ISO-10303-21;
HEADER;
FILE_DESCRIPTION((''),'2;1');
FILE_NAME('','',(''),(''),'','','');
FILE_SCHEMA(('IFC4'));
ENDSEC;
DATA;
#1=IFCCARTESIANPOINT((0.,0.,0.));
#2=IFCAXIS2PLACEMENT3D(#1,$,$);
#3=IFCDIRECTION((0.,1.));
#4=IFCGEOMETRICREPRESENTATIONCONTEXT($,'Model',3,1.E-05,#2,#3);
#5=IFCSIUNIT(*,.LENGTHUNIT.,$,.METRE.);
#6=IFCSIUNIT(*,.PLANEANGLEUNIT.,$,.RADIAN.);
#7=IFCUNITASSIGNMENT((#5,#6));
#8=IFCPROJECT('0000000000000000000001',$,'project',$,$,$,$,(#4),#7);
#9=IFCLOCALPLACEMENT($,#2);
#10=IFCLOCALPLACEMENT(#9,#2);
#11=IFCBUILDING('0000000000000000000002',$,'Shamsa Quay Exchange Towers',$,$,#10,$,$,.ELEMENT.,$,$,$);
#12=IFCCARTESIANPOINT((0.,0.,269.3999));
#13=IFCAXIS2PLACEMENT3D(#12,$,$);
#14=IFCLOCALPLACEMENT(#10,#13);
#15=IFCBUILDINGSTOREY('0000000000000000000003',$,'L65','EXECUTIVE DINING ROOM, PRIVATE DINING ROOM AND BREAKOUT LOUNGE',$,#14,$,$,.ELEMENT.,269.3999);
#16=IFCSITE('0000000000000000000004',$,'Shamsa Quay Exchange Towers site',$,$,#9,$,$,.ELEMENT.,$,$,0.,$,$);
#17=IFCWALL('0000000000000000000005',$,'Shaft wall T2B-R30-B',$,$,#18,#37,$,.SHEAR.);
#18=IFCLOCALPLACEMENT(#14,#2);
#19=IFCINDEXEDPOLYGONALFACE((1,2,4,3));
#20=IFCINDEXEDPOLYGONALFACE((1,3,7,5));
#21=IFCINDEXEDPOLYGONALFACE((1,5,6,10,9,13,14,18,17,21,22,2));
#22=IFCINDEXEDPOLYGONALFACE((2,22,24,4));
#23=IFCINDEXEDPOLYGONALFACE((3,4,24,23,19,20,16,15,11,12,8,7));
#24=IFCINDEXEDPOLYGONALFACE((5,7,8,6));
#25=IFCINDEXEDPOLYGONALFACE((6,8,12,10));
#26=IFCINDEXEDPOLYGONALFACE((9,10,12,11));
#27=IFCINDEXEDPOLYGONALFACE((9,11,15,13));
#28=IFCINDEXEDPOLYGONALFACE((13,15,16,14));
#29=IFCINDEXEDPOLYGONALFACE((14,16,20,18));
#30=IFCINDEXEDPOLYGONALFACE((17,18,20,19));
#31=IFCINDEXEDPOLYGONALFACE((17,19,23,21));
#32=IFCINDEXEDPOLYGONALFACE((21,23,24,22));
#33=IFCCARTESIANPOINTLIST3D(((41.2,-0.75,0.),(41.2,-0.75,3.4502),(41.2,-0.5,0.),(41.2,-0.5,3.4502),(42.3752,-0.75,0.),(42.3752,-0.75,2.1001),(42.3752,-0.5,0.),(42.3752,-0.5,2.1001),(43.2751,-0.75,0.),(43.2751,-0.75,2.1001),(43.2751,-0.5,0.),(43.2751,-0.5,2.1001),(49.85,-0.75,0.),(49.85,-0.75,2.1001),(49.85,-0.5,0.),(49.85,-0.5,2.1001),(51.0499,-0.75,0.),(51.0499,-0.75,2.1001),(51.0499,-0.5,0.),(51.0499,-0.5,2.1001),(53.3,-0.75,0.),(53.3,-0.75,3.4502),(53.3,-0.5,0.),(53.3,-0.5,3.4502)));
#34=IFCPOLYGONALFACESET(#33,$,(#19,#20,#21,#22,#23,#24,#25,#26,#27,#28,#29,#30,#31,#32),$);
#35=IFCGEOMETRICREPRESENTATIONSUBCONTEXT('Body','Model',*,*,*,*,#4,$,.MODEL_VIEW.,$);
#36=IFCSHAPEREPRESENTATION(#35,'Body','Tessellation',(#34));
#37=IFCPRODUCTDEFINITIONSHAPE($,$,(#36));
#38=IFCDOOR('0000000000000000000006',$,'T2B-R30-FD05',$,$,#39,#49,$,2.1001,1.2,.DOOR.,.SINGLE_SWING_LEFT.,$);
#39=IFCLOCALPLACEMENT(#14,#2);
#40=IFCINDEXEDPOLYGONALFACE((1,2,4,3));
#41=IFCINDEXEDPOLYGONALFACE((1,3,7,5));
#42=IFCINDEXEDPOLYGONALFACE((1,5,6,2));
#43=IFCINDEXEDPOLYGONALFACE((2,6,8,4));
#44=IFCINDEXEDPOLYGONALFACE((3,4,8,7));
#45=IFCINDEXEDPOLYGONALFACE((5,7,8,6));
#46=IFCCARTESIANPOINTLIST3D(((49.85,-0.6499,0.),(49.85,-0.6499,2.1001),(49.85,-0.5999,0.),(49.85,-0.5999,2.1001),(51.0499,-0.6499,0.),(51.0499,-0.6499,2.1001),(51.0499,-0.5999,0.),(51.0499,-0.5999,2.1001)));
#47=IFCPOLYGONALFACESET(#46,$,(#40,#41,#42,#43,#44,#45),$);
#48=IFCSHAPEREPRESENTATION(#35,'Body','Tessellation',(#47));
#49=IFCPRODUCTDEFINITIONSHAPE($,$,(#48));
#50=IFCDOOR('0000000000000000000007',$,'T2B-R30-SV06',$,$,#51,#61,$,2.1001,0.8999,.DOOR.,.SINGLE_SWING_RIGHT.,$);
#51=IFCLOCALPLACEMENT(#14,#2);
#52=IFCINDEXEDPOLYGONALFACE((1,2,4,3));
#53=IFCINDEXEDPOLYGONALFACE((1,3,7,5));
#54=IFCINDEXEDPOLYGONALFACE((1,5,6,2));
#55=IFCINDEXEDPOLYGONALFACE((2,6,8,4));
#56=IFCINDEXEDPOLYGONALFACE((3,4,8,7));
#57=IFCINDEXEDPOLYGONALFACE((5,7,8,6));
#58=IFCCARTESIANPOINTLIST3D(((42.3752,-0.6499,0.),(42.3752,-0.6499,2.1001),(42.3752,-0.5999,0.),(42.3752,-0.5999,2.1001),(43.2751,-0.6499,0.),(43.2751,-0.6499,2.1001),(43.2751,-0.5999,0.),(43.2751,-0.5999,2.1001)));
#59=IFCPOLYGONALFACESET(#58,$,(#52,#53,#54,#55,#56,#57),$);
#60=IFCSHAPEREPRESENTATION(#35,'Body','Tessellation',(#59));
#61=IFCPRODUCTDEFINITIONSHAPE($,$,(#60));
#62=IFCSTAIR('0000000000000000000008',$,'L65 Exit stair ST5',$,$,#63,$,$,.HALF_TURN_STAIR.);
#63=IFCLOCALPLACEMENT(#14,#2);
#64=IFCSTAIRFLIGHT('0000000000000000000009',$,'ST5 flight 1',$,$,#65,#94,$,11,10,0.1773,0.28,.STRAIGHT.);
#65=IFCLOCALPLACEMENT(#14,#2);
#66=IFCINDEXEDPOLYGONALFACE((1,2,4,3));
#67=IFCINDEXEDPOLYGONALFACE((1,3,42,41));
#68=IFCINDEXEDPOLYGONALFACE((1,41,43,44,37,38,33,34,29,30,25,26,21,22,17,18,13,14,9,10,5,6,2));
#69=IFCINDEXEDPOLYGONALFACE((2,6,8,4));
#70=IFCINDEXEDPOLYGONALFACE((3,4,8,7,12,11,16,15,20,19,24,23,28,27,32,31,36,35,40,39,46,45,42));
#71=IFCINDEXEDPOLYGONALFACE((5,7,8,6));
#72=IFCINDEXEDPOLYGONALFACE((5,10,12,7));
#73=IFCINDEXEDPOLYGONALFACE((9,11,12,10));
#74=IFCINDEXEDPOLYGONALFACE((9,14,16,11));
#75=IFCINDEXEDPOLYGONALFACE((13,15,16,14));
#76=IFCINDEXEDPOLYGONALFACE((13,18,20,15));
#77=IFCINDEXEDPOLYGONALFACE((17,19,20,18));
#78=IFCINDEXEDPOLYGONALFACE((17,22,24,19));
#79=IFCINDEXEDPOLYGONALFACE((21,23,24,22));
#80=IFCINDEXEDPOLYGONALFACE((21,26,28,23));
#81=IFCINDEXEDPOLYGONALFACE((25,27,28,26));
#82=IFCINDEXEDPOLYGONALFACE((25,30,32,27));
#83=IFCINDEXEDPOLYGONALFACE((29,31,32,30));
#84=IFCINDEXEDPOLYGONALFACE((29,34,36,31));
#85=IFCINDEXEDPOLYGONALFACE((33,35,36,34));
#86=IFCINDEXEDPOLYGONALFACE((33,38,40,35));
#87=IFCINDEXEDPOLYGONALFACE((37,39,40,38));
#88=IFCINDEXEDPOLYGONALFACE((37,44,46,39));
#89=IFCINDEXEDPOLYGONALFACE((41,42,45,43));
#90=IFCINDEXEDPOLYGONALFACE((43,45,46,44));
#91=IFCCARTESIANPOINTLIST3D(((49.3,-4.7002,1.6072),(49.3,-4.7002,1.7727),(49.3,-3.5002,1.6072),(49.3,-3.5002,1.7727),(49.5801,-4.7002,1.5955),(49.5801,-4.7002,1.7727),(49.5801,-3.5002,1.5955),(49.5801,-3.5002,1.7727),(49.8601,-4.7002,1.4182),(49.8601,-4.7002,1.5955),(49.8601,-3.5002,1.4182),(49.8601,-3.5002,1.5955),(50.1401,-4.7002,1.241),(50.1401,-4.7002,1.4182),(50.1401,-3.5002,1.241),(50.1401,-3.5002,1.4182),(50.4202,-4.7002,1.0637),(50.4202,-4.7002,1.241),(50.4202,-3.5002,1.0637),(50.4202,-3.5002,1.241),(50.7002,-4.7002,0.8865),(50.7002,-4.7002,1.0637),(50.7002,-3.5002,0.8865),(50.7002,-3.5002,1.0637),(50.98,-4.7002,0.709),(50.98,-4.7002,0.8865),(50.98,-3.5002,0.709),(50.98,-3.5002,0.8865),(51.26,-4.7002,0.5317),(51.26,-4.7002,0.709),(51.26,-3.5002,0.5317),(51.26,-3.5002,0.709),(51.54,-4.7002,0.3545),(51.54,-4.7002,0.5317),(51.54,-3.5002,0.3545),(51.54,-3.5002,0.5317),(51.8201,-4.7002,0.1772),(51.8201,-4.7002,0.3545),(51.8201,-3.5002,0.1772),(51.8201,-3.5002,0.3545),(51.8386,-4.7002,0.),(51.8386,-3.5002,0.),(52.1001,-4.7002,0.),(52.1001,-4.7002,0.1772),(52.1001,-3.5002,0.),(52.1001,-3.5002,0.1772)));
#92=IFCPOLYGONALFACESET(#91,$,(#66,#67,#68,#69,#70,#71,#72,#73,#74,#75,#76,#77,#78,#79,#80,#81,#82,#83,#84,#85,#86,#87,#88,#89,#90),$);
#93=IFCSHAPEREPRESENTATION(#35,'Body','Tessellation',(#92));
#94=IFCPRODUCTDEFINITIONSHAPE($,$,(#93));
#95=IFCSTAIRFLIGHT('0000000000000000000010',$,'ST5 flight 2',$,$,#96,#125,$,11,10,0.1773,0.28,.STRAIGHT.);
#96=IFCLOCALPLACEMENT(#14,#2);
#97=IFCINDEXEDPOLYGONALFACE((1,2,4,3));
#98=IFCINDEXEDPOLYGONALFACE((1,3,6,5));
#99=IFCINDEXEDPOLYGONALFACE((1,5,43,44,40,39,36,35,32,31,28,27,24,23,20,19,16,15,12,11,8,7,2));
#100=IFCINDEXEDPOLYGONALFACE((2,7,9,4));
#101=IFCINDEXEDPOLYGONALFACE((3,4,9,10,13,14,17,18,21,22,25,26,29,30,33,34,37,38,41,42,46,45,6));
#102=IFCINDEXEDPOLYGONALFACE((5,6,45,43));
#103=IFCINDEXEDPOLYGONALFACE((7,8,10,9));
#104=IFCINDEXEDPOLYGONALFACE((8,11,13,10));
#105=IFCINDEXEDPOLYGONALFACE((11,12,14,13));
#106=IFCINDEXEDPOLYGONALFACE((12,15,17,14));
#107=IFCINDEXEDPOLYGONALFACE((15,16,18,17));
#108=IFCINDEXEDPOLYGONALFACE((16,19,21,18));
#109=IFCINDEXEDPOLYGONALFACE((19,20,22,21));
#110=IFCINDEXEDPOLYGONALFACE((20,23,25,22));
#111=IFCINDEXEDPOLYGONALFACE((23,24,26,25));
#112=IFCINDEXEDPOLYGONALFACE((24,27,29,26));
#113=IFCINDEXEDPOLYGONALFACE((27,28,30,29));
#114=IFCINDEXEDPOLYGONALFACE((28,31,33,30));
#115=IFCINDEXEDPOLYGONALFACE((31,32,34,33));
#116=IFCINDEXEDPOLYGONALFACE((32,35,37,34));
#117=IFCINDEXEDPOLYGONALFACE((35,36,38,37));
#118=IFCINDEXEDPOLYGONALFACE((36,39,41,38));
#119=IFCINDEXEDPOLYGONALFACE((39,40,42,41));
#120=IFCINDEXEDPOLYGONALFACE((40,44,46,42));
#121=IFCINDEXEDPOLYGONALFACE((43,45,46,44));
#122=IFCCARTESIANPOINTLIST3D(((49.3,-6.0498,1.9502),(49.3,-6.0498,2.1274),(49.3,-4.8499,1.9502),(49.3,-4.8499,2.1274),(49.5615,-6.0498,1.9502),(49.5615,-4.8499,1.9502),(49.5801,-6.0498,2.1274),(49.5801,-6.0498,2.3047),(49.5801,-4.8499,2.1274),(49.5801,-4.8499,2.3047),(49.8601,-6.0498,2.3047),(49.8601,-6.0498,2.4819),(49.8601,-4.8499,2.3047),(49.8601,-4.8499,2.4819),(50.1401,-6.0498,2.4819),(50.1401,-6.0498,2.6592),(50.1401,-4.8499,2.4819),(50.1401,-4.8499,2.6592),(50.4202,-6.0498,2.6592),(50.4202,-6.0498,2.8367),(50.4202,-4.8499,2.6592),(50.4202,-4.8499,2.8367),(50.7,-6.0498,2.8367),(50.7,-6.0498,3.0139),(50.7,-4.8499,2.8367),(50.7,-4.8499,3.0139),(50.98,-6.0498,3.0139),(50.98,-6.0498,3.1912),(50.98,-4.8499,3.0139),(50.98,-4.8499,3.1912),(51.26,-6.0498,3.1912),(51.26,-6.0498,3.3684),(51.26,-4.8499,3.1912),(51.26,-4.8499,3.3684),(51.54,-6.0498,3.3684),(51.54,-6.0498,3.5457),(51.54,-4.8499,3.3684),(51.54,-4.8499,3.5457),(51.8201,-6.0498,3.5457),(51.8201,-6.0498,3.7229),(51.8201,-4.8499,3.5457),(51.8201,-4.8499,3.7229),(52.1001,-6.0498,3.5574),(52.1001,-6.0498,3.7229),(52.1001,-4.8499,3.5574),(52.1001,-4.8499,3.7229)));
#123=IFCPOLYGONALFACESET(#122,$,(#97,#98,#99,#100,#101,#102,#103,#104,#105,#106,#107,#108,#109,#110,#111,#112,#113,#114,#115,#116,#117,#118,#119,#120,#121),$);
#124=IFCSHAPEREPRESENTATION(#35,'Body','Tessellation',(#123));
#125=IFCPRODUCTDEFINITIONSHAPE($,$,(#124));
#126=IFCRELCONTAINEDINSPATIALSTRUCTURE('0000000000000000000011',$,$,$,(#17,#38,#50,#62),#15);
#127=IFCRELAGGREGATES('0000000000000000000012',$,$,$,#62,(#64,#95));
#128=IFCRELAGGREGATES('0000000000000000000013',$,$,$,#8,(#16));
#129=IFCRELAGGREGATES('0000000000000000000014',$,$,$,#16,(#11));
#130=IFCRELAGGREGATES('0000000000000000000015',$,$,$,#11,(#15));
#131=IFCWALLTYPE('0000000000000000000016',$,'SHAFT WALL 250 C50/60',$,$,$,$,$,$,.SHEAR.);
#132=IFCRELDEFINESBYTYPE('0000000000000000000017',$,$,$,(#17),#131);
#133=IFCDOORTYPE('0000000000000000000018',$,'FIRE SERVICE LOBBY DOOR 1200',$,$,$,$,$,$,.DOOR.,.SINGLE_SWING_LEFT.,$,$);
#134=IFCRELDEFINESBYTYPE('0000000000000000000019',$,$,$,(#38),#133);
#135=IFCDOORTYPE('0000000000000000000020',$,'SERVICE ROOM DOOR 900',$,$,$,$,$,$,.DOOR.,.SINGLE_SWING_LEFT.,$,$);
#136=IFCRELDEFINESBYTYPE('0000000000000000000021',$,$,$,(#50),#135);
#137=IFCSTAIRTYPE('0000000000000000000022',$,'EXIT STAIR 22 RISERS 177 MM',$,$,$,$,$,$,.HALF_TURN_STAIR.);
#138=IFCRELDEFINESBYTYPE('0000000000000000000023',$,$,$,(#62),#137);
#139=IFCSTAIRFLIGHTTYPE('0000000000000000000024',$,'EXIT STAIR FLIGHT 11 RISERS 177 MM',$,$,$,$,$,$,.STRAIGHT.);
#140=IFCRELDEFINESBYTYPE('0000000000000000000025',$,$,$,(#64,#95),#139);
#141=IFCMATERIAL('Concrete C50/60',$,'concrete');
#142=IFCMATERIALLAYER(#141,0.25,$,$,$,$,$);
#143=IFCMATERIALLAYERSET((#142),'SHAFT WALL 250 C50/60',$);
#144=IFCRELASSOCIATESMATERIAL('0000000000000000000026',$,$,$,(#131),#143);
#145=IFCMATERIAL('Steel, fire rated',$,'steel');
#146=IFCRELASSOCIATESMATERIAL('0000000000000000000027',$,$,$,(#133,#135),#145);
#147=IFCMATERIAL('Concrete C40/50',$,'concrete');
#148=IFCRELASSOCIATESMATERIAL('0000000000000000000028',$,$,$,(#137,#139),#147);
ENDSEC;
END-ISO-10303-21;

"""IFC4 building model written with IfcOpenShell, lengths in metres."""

from ifc_helpers import new_model, si_unit, direction, frame, frame_2d, origin, place, context, subcontext, project, spatial, polyline, rectangle, outline, extrude, material, layer, layer_set, type_object, element, fill, aggregate, save


model = new_model("IFC4")

# Units and contexts
model_context = context("Model", 3, precision=1e-05, world=origin(), true_north=direction((0.0, 1.0)))
body_context = subcontext(model_context, "Body", "Model", "MODEL_VIEW")
ifc_project = project(units=[si_unit("LENGTHUNIT", "METRE"), si_unit("PLANEANGLEUNIT", "RADIAN")], contexts=[model_context])

# Site, building, storey
site_placement = place(None, origin())
site = spatial("IfcSite", under=ifc_project, at=site_placement, Name="Shamsa Quay Exchange Towers site", CompositionType="ELEMENT", RefElevation=0.0)
building_placement = place(site_placement, origin())
building = spatial("IfcBuilding", under=site, at=building_placement, Name="Shamsa Quay Exchange Towers", CompositionType="ELEMENT")
storey_placement = place(building_placement, frame((0.0, 0.0, 269.3999)))
storey = spatial("IfcBuildingStorey", under=building, at=storey_placement, Name="L65", Description="EXECUTIVE DINING ROOM, PRIVATE DINING ROOM AND BREAKOUT LOUNGE", CompositionType="ELEMENT", Elevation=269.3999)

# Shared definitions
ifc_material_1 = material(Name="Steel, fire rated", Category="steel")
ifc_material_2 = material(Name="Concrete C50/60", Category="concrete")
ifc_layer_1 = layer(ifc_material_2, 0.25)
ifc_layer_set_1 = layer_set([ifc_layer_1], Name="SHAFT WALL 250 C50/60")
wall_type_1 = type_object("IfcWallType", Name="SHAFT WALL 250 C50/60", PredefinedType="SHEAR", material=ifc_layer_set_1)

# Wall, openings, doors
wall_1_placement = place(storey_placement, frame((53.3, -0.625, 0.0), z_axis=(0.0, 0.0, 1.0), x_axis=(-1.0, 0.0, 0.0)))
wall_1 = element("IfcWall", 1, at=wall_1_placement, inside=storey, type_object=wall_type_1, Name="Shaft wall T2B-R30-B", PredefinedType="SHEAR", context=body_context, shape_type="SweptSolid", body=[
    extrude(rectangle(XDim=12.1001, YDim=0.25, at=frame_2d((6.05, 0.0))), origin(), (0.0, 0.0, 1.0), 3.4502),
])
opening_1_placement = place(wall_1_placement, frame((2.25, 0.0, 0.0)))
opening_1 = element("IfcOpeningElement", 2, at=opening_1_placement, cuts=wall_1, PredefinedType="OPENING", context=body_context, shape_type="SweptSolid", body=[
    extrude(rectangle(XDim=1.2, YDim=2.1001, at=frame_2d((0.6001, 1.05))), frame((0.0, 0.135, 0.0), z_axis=(0.0, -1.0, 0.0), x_axis=(1.0, 0.0, 0.0)), (0.0, 0.0, 1.0), 0.27),
])
opening_2_placement = place(wall_1_placement, frame((10.0249, 0.0, 0.0)))
opening_2 = element("IfcOpeningElement", 3, at=opening_2_placement, cuts=wall_1, PredefinedType="OPENING", context=body_context, shape_type="SweptSolid", body=[
    extrude(rectangle(XDim=0.8999, YDim=2.1001, at=frame_2d((0.45, 1.05))), frame((0.0, 0.135, 0.0), z_axis=(0.0, -1.0, 0.0), x_axis=(1.0, 0.0, 0.0)), (0.0, 0.0, 1.0), 0.27),
])
door_type_1 = type_object("IfcDoorType", Name="FIRE SERVICE LOBBY DOOR 1200", OperationType="SINGLE_SWING_LEFT", PredefinedType="DOOR", material=ifc_material_1)
door_1_placement = place(opening_1_placement, origin())
door_1 = element("IfcDoor", 4, at=door_1_placement, inside=storey, type_object=door_type_1, Name="T2B-R30-FD05", OperationType="SINGLE_SWING_LEFT", OverallHeight=2.1001, OverallWidth=1.2, PredefinedType="DOOR", context=body_context, shape_type="SweptSolid", body=[
    extrude(rectangle(XDim=1.2, YDim=2.1001, at=frame_2d((0.6001, 1.05))), frame((0.0, 0.0249, 0.0), z_axis=(0.0, -1.0, 0.0), x_axis=(1.0, 0.0, 0.0)), (0.0, 0.0, 1.0), 0.05),
])
fill(opening_1, door_1)
door_type_2 = type_object("IfcDoorType", Name="SERVICE ROOM DOOR 900", OperationType="SINGLE_SWING_LEFT", PredefinedType="DOOR", material=ifc_material_1)
door_2_placement = place(opening_2_placement, origin())
door_2 = element("IfcDoor", 5, at=door_2_placement, inside=storey, type_object=door_type_2, Name="T2B-R30-SV06", OperationType="SINGLE_SWING_RIGHT", OverallHeight=2.1001, OverallWidth=0.8999, PredefinedType="DOOR", context=body_context, shape_type="SweptSolid", body=[
    extrude(rectangle(XDim=0.8999, YDim=2.1001, at=frame_2d((0.45, 1.05))), frame((0.0, 0.0249, 0.0), z_axis=(0.0, -1.0, 0.0), x_axis=(1.0, 0.0, 0.0)), (0.0, 0.0, 1.0), 0.05),
])
fill(opening_2, door_2)

# Stair, stair flights
ifc_material_3 = material(Name="Concrete C40/50", Category="concrete")
stair_type = type_object("IfcStairType", Name="EXIT STAIR 22 RISERS 177 MM", PredefinedType="HALF_TURN_STAIR", material=ifc_material_3)
stair_placement = place(storey_placement, origin())
stair = element("IfcStair", 6, at=stair_placement, inside=storey, type_object=stair_type, Name="L65 Exit stair ST5", PredefinedType="HALF_TURN_STAIR")
stair_flight_type = type_object("IfcStairFlightType", Name="EXIT STAIR FLIGHT 11 RISERS 177 MM", PredefinedType="STRAIGHT", material=ifc_material_3)
stair_flight_1_placement = place(storey_placement, frame((52.1001, -4.1001, 0.0), z_axis=(0.0, 0.0, 1.0), x_axis=(-1.0, 0.0, 0.0)))
stair_flight_1 = element("IfcStairFlight", 7, at=stair_flight_1_placement, type_object=stair_flight_type, Name="ST5 flight 1", NumberOfRisers=11, NumberOfTreads=10, PredefinedType="STRAIGHT", RiserHeight=0.1773, TreadLength=0.28, context=body_context, shape_type="SweptSolid", body=[
    extrude(outline(polyline([(0.0, 0.0), (0.0, 0.1772), (0.28, 0.1772), (0.28, 0.3545), (0.5601, 0.3545), (0.5601, 0.5317), (0.8401, 0.5317), (0.8401, 0.709), (1.1201, 0.709), (1.1201, 0.8865), (1.3999, 0.8865), (1.3999, 1.0637), (1.6799, 1.0637), (1.6799, 1.241), (1.96, 1.241), (1.96, 1.4182), (2.24, 1.4182), (2.24, 1.5955), (2.52, 1.5955), (2.52, 1.7727), (2.8, 1.7727), (2.8, 1.95), (2.8, 1.6072), (0.2615, 0.0), (0.0, 0.0)])), frame((0.0, 0.6001, 0.0), z_axis=(0.0, -1.0, 0.0), x_axis=(1.0, 0.0, 0.0)), (0.0, 0.0, 1.0), 1.2),
])
stair_flight_2_placement = place(storey_placement, frame((49.3, -5.45, 1.9502)))
stair_flight_2 = element("IfcStairFlight", 8, at=stair_flight_2_placement, type_object=stair_flight_type, Name="ST5 flight 2", NumberOfRisers=11, NumberOfTreads=10, PredefinedType="STRAIGHT", RiserHeight=0.1773, TreadLength=0.28, context=body_context, shape_type="SweptSolid", body=[
    extrude(outline(polyline([(0.0, 0.0), (0.0, 0.1772), (0.28, 0.1772), (0.28, 0.3545), (0.5601, 0.3545), (0.5601, 0.5317), (0.8401, 0.5317), (0.8401, 0.709), (1.1201, 0.709), (1.1201, 0.8865), (1.3999, 0.8865), (1.3999, 1.0637), (1.6799, 1.0637), (1.6799, 1.241), (1.96, 1.241), (1.96, 1.4182), (2.24, 1.4182), (2.24, 1.5955), (2.52, 1.5955), (2.52, 1.7727), (2.8, 1.7727), (2.8, 1.95), (2.8, 1.6072), (0.2615, 0.0), (0.0, 0.0)])), frame((0.0, 0.6001, 0.0), z_axis=(0.0, -1.0, 0.0), x_axis=(1.0, 0.0, 0.0)), (0.0, 0.0, 1.0), 1.2),
])
aggregate(stair, [stair_flight_1, stair_flight_2])

save(model, "model.ifc")
